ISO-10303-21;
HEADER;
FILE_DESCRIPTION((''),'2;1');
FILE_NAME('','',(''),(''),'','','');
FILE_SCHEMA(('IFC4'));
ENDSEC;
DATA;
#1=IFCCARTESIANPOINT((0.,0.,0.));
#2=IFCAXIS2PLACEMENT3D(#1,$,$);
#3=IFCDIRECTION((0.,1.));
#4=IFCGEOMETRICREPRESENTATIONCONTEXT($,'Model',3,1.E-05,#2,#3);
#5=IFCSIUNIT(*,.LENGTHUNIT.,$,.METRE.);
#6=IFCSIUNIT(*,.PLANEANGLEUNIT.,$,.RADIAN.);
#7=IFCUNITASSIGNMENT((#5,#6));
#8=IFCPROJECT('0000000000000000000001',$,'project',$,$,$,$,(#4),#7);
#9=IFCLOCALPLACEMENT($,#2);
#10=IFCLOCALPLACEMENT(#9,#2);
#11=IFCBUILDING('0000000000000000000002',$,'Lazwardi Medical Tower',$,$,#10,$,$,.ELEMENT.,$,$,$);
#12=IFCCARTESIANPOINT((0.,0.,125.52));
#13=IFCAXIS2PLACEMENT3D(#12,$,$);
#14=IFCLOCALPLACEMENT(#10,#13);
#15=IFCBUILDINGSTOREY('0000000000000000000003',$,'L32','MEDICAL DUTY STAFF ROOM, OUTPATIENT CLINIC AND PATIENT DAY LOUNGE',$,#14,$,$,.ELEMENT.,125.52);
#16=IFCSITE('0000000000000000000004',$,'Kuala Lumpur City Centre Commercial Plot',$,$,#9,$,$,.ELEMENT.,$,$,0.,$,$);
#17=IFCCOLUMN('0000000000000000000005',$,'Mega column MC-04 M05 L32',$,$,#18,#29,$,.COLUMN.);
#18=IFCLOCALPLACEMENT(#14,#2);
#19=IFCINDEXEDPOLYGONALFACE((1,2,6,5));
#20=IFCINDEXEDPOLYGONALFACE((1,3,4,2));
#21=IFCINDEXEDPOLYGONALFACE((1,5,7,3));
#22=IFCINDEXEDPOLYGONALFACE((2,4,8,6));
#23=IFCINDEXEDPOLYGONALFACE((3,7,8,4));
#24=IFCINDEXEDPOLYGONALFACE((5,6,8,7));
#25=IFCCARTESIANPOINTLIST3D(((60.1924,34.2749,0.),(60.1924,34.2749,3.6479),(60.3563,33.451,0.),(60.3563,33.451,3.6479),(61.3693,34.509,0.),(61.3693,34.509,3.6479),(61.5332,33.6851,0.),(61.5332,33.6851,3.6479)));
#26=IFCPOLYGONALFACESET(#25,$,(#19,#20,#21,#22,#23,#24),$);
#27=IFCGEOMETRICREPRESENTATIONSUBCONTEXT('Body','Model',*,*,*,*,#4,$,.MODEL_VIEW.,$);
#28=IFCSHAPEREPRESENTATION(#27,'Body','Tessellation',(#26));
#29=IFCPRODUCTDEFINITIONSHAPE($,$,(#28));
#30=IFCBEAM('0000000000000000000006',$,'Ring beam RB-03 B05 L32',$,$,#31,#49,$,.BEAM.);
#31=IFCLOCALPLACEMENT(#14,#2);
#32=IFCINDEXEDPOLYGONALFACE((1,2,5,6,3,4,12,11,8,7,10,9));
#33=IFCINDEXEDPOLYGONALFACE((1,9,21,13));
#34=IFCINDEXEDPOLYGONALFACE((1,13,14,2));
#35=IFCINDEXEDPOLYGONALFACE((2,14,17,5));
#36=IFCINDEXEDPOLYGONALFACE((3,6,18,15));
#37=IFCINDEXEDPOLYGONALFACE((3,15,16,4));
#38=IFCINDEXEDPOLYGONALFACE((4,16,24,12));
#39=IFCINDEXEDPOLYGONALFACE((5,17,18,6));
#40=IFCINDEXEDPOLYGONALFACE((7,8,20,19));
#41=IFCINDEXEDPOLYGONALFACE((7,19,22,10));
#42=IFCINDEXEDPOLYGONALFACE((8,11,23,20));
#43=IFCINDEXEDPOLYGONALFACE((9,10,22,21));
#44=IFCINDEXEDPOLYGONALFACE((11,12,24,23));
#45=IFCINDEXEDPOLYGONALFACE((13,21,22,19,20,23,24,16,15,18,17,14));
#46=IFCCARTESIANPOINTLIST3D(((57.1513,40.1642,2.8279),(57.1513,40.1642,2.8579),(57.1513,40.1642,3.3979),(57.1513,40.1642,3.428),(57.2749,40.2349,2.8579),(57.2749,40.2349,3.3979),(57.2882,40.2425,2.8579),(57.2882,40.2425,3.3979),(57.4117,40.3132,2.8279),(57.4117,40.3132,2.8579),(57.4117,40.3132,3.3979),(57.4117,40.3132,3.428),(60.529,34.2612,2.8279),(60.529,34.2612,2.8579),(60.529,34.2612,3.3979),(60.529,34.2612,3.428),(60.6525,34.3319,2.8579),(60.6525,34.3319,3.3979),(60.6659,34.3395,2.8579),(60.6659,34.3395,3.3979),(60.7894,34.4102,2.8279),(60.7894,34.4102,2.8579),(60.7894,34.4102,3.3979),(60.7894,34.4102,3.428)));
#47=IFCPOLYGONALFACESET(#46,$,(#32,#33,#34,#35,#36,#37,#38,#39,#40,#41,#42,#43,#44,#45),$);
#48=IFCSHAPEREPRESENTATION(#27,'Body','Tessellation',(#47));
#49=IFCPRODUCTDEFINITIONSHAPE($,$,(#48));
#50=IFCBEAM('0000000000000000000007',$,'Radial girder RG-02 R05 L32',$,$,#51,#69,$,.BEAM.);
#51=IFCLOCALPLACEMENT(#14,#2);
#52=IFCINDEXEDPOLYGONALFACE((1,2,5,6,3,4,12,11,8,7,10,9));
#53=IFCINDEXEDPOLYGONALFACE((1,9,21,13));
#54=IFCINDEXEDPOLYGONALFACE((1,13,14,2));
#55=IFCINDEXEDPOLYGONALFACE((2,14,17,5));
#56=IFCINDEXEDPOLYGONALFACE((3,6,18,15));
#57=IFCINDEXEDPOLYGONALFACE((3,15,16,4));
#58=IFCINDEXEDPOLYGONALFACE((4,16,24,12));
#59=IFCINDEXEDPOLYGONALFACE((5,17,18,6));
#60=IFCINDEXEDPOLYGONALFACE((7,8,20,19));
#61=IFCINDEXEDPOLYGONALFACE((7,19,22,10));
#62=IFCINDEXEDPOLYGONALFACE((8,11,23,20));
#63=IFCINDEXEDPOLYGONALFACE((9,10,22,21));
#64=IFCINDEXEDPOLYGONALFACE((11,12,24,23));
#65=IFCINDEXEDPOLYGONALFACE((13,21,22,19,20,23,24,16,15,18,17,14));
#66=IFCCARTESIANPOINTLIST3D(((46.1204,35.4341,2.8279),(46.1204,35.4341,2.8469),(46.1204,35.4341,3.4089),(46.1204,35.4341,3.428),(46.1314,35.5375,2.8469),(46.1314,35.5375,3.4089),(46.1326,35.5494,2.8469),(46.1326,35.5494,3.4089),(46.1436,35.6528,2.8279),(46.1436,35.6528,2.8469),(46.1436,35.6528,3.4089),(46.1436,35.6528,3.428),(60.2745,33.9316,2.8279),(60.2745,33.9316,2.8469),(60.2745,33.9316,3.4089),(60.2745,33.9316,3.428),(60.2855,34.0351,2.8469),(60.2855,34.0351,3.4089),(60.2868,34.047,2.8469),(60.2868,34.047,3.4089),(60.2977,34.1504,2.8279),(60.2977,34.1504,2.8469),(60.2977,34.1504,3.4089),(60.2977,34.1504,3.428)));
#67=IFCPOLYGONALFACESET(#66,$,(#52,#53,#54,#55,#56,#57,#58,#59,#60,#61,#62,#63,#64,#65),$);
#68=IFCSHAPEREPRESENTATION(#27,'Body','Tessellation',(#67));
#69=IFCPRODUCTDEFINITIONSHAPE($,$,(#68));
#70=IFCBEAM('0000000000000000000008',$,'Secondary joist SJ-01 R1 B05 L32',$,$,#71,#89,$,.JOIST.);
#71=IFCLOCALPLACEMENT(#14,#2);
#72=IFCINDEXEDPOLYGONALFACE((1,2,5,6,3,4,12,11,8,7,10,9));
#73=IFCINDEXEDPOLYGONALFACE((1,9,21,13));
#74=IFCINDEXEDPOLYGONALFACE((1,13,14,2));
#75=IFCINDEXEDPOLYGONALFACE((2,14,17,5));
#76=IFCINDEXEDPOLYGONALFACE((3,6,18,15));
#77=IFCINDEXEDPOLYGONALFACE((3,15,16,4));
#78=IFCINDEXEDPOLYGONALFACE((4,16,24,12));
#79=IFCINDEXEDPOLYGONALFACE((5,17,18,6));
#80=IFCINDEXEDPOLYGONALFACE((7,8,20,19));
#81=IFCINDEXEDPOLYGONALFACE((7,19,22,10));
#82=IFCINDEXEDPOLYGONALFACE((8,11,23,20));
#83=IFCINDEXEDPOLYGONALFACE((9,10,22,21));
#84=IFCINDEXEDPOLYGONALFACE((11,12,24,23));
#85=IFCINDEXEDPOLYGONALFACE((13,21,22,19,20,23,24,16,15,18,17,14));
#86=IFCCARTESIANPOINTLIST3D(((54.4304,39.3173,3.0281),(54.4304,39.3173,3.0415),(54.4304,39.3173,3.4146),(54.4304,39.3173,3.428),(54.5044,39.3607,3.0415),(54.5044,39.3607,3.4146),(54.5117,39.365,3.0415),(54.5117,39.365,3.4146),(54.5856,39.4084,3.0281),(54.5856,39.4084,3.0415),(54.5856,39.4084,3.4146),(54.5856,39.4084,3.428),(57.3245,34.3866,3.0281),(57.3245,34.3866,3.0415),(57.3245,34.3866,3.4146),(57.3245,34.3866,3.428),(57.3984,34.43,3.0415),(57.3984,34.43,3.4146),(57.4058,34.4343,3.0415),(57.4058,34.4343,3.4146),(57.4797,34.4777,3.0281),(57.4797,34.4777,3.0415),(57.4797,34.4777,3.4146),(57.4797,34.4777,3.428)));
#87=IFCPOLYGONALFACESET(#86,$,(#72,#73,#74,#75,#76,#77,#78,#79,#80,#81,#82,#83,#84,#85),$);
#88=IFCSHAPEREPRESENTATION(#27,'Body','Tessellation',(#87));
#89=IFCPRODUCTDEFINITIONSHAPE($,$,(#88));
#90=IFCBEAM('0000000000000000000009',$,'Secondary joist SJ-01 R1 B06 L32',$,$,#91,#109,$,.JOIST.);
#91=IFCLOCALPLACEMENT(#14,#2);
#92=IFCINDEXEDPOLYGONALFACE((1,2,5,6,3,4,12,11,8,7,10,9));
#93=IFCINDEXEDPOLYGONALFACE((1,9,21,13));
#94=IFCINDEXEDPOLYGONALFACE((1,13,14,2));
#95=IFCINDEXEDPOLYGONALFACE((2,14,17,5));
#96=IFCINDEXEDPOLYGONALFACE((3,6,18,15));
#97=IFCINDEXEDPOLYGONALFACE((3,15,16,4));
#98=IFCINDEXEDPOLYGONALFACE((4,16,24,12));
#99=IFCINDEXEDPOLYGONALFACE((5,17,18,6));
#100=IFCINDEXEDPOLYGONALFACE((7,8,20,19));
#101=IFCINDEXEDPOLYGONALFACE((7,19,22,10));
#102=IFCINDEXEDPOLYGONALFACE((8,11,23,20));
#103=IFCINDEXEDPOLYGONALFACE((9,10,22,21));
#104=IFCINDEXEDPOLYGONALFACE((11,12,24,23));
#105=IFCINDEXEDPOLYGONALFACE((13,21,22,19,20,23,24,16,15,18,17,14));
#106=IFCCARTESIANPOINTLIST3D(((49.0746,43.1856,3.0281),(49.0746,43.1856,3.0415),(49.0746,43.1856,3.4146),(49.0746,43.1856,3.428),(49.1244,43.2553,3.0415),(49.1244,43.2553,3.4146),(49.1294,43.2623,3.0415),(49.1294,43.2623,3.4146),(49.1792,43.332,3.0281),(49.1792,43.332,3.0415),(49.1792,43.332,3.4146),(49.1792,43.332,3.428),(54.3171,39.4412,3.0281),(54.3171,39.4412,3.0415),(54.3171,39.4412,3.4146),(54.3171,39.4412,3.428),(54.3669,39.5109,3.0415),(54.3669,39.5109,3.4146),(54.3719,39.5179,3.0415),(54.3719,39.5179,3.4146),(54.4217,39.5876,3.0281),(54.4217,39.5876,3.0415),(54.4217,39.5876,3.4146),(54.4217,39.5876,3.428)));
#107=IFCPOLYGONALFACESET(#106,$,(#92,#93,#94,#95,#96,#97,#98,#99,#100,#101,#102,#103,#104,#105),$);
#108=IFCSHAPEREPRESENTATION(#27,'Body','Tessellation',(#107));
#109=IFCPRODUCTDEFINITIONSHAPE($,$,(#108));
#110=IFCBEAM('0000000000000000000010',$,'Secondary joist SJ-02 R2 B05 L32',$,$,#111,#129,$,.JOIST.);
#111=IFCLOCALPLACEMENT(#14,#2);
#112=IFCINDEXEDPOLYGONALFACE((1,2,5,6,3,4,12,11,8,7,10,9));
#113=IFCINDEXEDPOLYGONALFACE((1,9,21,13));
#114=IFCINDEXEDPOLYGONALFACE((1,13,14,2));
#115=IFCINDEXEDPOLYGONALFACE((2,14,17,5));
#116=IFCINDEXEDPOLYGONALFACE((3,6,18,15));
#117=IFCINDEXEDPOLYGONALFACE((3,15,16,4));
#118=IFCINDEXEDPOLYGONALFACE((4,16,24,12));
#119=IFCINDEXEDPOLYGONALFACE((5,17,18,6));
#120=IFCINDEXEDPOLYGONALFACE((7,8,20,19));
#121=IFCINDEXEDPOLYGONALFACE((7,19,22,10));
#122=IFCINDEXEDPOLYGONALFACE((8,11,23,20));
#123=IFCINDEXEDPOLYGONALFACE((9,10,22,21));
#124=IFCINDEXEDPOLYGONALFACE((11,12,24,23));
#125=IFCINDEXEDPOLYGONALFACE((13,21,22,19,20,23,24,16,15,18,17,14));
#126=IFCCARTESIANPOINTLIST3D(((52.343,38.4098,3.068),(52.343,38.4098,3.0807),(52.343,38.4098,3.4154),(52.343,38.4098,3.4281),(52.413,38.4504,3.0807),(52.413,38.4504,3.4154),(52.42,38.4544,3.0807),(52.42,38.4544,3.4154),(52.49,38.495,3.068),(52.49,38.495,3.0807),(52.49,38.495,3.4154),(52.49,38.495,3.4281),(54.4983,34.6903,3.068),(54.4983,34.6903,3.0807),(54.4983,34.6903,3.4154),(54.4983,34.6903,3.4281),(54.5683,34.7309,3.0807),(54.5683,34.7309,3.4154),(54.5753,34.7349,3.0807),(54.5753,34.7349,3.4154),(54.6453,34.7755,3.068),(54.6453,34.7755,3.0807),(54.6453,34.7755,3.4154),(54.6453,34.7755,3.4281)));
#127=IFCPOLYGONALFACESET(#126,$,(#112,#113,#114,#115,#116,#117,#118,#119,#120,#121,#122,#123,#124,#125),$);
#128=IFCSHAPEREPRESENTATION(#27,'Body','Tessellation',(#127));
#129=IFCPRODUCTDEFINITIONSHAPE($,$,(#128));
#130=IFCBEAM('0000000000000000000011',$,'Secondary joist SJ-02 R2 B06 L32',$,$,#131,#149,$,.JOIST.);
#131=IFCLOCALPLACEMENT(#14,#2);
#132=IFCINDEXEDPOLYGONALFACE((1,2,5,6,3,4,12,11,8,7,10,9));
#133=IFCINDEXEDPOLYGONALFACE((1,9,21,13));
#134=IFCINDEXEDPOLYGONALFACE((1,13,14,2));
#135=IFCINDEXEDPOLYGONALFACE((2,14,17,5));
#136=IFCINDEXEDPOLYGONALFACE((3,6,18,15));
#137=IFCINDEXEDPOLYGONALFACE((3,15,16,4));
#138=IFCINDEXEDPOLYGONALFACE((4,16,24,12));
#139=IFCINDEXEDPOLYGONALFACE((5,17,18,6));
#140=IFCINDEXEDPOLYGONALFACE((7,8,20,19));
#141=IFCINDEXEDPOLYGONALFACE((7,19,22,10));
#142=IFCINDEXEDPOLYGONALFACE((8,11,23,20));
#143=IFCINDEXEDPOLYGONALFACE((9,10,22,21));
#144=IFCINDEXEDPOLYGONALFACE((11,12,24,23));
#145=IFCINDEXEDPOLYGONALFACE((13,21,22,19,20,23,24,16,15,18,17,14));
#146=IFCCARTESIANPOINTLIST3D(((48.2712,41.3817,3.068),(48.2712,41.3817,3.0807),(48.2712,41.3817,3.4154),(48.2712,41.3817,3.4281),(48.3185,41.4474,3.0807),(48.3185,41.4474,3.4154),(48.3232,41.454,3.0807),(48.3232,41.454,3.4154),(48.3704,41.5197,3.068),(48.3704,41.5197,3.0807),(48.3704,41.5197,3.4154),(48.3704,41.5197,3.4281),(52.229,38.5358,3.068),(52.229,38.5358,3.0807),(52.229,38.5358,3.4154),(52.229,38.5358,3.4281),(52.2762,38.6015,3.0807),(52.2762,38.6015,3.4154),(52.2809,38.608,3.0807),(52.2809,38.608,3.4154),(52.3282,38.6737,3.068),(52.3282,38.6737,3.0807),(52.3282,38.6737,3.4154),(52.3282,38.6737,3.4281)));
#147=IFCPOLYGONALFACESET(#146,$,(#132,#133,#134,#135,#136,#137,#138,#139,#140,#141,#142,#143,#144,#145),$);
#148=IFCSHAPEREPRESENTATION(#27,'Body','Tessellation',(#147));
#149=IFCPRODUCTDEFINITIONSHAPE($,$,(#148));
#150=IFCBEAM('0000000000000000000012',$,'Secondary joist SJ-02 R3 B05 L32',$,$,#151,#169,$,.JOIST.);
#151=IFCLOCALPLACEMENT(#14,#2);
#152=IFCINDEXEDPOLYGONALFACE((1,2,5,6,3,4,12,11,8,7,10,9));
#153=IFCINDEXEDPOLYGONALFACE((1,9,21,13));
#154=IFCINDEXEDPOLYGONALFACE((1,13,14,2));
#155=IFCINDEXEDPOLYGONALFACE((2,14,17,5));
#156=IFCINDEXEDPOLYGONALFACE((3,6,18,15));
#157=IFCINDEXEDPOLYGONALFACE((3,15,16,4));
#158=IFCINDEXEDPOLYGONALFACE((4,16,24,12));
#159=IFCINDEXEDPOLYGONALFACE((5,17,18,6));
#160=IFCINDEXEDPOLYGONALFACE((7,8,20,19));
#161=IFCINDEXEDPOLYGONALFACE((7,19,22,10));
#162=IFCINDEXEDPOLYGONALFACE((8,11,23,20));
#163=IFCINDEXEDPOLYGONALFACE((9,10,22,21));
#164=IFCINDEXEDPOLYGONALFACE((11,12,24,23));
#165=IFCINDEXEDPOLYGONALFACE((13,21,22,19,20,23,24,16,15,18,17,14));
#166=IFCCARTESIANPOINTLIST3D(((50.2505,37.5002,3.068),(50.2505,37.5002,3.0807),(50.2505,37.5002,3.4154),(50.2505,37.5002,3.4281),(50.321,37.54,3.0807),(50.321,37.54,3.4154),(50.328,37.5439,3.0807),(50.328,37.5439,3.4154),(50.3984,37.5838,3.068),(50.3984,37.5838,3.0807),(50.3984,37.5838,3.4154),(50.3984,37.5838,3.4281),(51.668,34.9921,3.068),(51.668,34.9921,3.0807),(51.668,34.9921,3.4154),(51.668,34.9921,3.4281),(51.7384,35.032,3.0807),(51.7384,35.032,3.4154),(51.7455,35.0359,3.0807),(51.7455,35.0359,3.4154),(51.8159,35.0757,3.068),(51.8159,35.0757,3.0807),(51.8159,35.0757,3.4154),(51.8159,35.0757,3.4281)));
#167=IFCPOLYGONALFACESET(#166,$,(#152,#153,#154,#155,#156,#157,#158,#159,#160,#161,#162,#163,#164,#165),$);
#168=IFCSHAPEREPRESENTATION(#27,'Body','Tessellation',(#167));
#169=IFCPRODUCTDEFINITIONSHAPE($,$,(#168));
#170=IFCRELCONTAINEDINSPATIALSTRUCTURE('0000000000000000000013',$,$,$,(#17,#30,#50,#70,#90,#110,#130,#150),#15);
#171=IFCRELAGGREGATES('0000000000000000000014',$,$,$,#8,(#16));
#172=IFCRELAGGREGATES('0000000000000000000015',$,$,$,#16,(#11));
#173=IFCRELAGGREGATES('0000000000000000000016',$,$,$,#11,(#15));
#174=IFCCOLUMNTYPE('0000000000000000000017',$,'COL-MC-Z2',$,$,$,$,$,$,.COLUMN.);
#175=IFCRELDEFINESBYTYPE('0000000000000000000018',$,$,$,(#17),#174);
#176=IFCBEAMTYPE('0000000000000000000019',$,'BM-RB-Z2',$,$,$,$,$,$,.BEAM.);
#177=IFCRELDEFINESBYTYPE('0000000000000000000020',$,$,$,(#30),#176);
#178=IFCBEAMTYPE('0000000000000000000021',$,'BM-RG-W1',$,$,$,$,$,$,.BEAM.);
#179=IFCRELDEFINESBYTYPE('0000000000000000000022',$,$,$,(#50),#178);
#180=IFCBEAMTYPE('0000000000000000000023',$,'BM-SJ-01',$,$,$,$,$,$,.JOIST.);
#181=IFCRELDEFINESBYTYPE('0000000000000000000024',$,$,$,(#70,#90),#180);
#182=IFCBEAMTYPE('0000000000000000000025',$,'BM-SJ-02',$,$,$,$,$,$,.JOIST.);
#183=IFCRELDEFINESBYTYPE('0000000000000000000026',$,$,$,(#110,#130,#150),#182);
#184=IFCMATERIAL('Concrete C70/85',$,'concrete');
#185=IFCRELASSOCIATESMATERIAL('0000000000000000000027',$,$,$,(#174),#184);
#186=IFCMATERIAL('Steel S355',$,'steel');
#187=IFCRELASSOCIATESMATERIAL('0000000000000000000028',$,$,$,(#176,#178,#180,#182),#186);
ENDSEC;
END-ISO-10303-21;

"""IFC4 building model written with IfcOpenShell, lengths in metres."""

from ifc_helpers import new_model, si_unit, direction, frame, origin, origin_2d, place, context, subcontext, project, spatial, rectangle, i_section, extrude, material, material_profile, profile_set, type_object, element, save


model = new_model("IFC4")

# Units and contexts
model_context = context("Model", 3, precision=1e-05, world=origin(), true_north=direction((0.0, 1.0)))
body_context = subcontext(model_context, "Body", "Model", "MODEL_VIEW")
ifc_project = project(units=[si_unit("LENGTHUNIT", "METRE"), si_unit("PLANEANGLEUNIT", "RADIAN")], contexts=[model_context])

# Site, building, storey
site_placement = place(None, origin())
site = spatial("IfcSite", under=ifc_project, at=site_placement, Name="Kuala Lumpur City Centre Commercial Plot", CompositionType="ELEMENT", RefElevation=0.0)
building_placement = place(site_placement, origin())
building = spatial("IfcBuilding", under=site, at=building_placement, Name="Lazwardi Medical Tower", CompositionType="ELEMENT")
storey_placement = place(building_placement, frame((0.0, 0.0, 125.52)))
storey = spatial("IfcBuildingStorey", under=building, at=storey_placement, Name="L32", Description="MEDICAL DUTY STAFF ROOM, OUTPATIENT CLINIC AND PATIENT DAY LOUNGE", CompositionType="ELEMENT", Elevation=125.52)

# Column
ifc_material_1 = material(Name="Concrete C70/85", Category="concrete")
ifc_material_profile_1 = material_profile(ifc_material_1, rectangle(XDim=1.2, YDim=0.8401, at=origin_2d()), Name="CFT-RECT 1200x840")
ifc_profile_set_1 = profile_set([ifc_material_profile_1], Name="Concrete C70/85")
column_type = type_object("IfcColumnType", Name="COL-MC-Z2", PredefinedType="COLUMN", material=ifc_profile_set_1)
column_placement = place(storey_placement, frame((60.8628, 33.98, 0.0), z_axis=(0.0, 0.0, 1.0), x_axis=(0.980785, 0.19509, 0.0)))
element("IfcColumn", 1, at=column_placement, inside=storey, type_object=column_type, Name="Mega column MC-04 M05 L32", PredefinedType="COLUMN", context=body_context, shape_type="SweptSolid", body=[
    extrude(rectangle(XDim=1.2, YDim=0.8401, at=origin_2d()), origin(), (0.0, 0.0, 1.0), 3.6479),
])

# Beams
ifc_material_2 = material(Name="Steel S355", Category="steel")
ifc_material_profile_2 = material_profile(ifc_material_2, i_section(OverallWidth=0.3, OverallDepth=0.6001, WebThickness=0.0154, FlangeThickness=0.03, at=origin_2d()), Name="HEB 600")
ifc_profile_set_2 = profile_set([ifc_material_profile_2], Name="Steel S355")
beam_type_1 = type_object("IfcBeamType", Name="BM-RB-Z2", PredefinedType="BEAM", material=ifc_profile_set_2)
beam_1_placement = place(storey_placement, frame((60.6592, 34.3357, 3.1279), z_axis=(-0.496638, 0.867958, 0.0), x_axis=(-0.867958, -0.496638, 0.0)))
element("IfcBeam", 2, at=beam_1_placement, inside=storey, type_object=beam_type_1, Name="Ring beam RB-03 B05 L32", PredefinedType="BEAM", context=body_context, shape_type="SweptSolid", body=[
    extrude(i_section(OverallWidth=0.3, OverallDepth=0.6001, WebThickness=0.0154, FlangeThickness=0.03, at=origin_2d()), origin(), (0.0, 0.0, 1.0), 6.801),
])
ifc_material_profile_3 = material_profile(ifc_material_2, i_section(OverallWidth=0.22, OverallDepth=0.6001, WebThickness=0.012, FlangeThickness=0.019, at=origin_2d()), Name="IPE 600")
ifc_profile_set_3 = profile_set([ifc_material_profile_3], Name="Steel S355")
beam_type_2 = type_object("IfcBeamType", Name="BM-RG-W1", PredefinedType="BEAM", material=ifc_profile_set_3)
beam_2_placement = place(storey_placement, frame((60.2861, 34.041, 3.1279), z_axis=(-0.994413, 0.105556, 0.0), x_axis=(-0.105556, -0.994413, 0.0)))
element("IfcBeam", 3, at=beam_2_placement, inside=storey, type_object=beam_type_2, Name="Radial girder RG-02 R05 L32", PredefinedType="BEAM", context=body_context, shape_type="SweptSolid", body=[
    extrude(i_section(OverallWidth=0.22, OverallDepth=0.6001, WebThickness=0.012, FlangeThickness=0.019, at=origin_2d()), origin(), (0.0, 0.0, 1.0), 14.2336),
])
ifc_material_profile_4 = material_profile(ifc_material_2, i_section(OverallWidth=0.1799, OverallDepth=0.3999, WebThickness=0.0085, FlangeThickness=0.0134, at=origin_2d()), Name="IPE 400")
ifc_profile_set_4 = profile_set([ifc_material_profile_4], Name="Steel S355")
beam_type_3 = type_object("IfcBeamType", Name="BM-SJ-01", PredefinedType="JOIST", material=ifc_profile_set_4)
beam_3_placement = place(storey_placement, frame((57.4021, 34.4321, 3.228), z_axis=(-0.506195, 0.862419, 0.0), x_axis=(-0.862419, -0.506195, 0.0)))
element("IfcBeam", 4, at=beam_3_placement, inside=storey, type_object=beam_type_3, Name="Secondary joist SJ-01 R1 B05 L32", PredefinedType="JOIST", context=body_context, shape_type="SweptSolid", body=[
    extrude(i_section(OverallWidth=0.1799, OverallDepth=0.3999, WebThickness=0.0085, FlangeThickness=0.0134, at=origin_2d()), origin(), (0.0, 0.0, 1.0), 5.7173),
])
beam_4_placement = place(storey_placement, frame((54.3694, 39.5144, 3.228), z_axis=(-0.813749, 0.581217, 0.0), x_axis=(-0.581217, -0.813749, 0.0)))
element("IfcBeam", 5, at=beam_4_placement, inside=storey, type_object=beam_type_3, Name="Secondary joist SJ-01 R1 B06 L32", PredefinedType="JOIST", context=body_context, shape_type="SweptSolid", body=[
    extrude(i_section(OverallWidth=0.1799, OverallDepth=0.3999, WebThickness=0.0085, FlangeThickness=0.0134, at=origin_2d()), origin(), (0.0, 0.0, 1.0), 6.4424),
])
ifc_material_profile_5 = material_profile(ifc_material_2, i_section(OverallWidth=0.1699, OverallDepth=0.3601, WebThickness=0.0081, FlangeThickness=0.0127, at=origin_2d()), Name="IPE 360")
ifc_profile_set_5 = profile_set([ifc_material_profile_5], Name="Steel S355")
beam_type_4 = type_object("IfcBeamType", Name="BM-SJ-02", PredefinedType="JOIST", material=ifc_profile_set_5)
beam_5_placement = place(storey_placement, frame((54.5718, 34.7329, 3.248), z_axis=(-0.501365, 0.865236, 0.0), x_axis=(-0.865236, -0.501365, 0.0)))
element("IfcBeam", 6, at=beam_5_placement, inside=storey, type_object=beam_type_4, Name="Secondary joist SJ-02 R2 B05 L32", PredefinedType="JOIST", context=body_context, shape_type="SweptSolid", body=[
    extrude(i_section(OverallWidth=0.1699, OverallDepth=0.3601, WebThickness=0.0081, FlangeThickness=0.0127, at=origin_2d()), origin(), (0.0, 0.0, 1.0), 4.2988),
])
beam_6_placement = place(storey_placement, frame((52.2786, 38.6047, 3.248), z_axis=(-0.811889, 0.583813, 0.0), x_axis=(-0.583813, -0.811889, 0.0)))
element("IfcBeam", 7, at=beam_6_placement, inside=storey, type_object=beam_type_4, Name="Secondary joist SJ-02 R2 B06 L32", PredefinedType="JOIST", context=body_context, shape_type="SweptSolid", body=[
    extrude(i_section(OverallWidth=0.1699, OverallDepth=0.3601, WebThickness=0.0081, FlangeThickness=0.0127, at=origin_2d()), origin(), (0.0, 0.0, 1.0), 4.8748),
])
beam_7_placement = place(storey_placement, frame((51.7419, 35.0339, 3.248), z_axis=(-0.492027, 0.87058, 0.0), x_axis=(-0.87058, -0.492027, 0.0)))
element("IfcBeam", 8, at=beam_7_placement, inside=storey, type_object=beam_type_4, Name="Secondary joist SJ-02 R3 B05 L32", PredefinedType="JOIST", context=body_context, shape_type="SweptSolid", body=[
    extrude(i_section(OverallWidth=0.1699, OverallDepth=0.3601, WebThickness=0.0081, FlangeThickness=0.0127, at=origin_2d()), origin(), (0.0, 0.0, 1.0), 2.8809),
])

save(model, "model.ifc")
